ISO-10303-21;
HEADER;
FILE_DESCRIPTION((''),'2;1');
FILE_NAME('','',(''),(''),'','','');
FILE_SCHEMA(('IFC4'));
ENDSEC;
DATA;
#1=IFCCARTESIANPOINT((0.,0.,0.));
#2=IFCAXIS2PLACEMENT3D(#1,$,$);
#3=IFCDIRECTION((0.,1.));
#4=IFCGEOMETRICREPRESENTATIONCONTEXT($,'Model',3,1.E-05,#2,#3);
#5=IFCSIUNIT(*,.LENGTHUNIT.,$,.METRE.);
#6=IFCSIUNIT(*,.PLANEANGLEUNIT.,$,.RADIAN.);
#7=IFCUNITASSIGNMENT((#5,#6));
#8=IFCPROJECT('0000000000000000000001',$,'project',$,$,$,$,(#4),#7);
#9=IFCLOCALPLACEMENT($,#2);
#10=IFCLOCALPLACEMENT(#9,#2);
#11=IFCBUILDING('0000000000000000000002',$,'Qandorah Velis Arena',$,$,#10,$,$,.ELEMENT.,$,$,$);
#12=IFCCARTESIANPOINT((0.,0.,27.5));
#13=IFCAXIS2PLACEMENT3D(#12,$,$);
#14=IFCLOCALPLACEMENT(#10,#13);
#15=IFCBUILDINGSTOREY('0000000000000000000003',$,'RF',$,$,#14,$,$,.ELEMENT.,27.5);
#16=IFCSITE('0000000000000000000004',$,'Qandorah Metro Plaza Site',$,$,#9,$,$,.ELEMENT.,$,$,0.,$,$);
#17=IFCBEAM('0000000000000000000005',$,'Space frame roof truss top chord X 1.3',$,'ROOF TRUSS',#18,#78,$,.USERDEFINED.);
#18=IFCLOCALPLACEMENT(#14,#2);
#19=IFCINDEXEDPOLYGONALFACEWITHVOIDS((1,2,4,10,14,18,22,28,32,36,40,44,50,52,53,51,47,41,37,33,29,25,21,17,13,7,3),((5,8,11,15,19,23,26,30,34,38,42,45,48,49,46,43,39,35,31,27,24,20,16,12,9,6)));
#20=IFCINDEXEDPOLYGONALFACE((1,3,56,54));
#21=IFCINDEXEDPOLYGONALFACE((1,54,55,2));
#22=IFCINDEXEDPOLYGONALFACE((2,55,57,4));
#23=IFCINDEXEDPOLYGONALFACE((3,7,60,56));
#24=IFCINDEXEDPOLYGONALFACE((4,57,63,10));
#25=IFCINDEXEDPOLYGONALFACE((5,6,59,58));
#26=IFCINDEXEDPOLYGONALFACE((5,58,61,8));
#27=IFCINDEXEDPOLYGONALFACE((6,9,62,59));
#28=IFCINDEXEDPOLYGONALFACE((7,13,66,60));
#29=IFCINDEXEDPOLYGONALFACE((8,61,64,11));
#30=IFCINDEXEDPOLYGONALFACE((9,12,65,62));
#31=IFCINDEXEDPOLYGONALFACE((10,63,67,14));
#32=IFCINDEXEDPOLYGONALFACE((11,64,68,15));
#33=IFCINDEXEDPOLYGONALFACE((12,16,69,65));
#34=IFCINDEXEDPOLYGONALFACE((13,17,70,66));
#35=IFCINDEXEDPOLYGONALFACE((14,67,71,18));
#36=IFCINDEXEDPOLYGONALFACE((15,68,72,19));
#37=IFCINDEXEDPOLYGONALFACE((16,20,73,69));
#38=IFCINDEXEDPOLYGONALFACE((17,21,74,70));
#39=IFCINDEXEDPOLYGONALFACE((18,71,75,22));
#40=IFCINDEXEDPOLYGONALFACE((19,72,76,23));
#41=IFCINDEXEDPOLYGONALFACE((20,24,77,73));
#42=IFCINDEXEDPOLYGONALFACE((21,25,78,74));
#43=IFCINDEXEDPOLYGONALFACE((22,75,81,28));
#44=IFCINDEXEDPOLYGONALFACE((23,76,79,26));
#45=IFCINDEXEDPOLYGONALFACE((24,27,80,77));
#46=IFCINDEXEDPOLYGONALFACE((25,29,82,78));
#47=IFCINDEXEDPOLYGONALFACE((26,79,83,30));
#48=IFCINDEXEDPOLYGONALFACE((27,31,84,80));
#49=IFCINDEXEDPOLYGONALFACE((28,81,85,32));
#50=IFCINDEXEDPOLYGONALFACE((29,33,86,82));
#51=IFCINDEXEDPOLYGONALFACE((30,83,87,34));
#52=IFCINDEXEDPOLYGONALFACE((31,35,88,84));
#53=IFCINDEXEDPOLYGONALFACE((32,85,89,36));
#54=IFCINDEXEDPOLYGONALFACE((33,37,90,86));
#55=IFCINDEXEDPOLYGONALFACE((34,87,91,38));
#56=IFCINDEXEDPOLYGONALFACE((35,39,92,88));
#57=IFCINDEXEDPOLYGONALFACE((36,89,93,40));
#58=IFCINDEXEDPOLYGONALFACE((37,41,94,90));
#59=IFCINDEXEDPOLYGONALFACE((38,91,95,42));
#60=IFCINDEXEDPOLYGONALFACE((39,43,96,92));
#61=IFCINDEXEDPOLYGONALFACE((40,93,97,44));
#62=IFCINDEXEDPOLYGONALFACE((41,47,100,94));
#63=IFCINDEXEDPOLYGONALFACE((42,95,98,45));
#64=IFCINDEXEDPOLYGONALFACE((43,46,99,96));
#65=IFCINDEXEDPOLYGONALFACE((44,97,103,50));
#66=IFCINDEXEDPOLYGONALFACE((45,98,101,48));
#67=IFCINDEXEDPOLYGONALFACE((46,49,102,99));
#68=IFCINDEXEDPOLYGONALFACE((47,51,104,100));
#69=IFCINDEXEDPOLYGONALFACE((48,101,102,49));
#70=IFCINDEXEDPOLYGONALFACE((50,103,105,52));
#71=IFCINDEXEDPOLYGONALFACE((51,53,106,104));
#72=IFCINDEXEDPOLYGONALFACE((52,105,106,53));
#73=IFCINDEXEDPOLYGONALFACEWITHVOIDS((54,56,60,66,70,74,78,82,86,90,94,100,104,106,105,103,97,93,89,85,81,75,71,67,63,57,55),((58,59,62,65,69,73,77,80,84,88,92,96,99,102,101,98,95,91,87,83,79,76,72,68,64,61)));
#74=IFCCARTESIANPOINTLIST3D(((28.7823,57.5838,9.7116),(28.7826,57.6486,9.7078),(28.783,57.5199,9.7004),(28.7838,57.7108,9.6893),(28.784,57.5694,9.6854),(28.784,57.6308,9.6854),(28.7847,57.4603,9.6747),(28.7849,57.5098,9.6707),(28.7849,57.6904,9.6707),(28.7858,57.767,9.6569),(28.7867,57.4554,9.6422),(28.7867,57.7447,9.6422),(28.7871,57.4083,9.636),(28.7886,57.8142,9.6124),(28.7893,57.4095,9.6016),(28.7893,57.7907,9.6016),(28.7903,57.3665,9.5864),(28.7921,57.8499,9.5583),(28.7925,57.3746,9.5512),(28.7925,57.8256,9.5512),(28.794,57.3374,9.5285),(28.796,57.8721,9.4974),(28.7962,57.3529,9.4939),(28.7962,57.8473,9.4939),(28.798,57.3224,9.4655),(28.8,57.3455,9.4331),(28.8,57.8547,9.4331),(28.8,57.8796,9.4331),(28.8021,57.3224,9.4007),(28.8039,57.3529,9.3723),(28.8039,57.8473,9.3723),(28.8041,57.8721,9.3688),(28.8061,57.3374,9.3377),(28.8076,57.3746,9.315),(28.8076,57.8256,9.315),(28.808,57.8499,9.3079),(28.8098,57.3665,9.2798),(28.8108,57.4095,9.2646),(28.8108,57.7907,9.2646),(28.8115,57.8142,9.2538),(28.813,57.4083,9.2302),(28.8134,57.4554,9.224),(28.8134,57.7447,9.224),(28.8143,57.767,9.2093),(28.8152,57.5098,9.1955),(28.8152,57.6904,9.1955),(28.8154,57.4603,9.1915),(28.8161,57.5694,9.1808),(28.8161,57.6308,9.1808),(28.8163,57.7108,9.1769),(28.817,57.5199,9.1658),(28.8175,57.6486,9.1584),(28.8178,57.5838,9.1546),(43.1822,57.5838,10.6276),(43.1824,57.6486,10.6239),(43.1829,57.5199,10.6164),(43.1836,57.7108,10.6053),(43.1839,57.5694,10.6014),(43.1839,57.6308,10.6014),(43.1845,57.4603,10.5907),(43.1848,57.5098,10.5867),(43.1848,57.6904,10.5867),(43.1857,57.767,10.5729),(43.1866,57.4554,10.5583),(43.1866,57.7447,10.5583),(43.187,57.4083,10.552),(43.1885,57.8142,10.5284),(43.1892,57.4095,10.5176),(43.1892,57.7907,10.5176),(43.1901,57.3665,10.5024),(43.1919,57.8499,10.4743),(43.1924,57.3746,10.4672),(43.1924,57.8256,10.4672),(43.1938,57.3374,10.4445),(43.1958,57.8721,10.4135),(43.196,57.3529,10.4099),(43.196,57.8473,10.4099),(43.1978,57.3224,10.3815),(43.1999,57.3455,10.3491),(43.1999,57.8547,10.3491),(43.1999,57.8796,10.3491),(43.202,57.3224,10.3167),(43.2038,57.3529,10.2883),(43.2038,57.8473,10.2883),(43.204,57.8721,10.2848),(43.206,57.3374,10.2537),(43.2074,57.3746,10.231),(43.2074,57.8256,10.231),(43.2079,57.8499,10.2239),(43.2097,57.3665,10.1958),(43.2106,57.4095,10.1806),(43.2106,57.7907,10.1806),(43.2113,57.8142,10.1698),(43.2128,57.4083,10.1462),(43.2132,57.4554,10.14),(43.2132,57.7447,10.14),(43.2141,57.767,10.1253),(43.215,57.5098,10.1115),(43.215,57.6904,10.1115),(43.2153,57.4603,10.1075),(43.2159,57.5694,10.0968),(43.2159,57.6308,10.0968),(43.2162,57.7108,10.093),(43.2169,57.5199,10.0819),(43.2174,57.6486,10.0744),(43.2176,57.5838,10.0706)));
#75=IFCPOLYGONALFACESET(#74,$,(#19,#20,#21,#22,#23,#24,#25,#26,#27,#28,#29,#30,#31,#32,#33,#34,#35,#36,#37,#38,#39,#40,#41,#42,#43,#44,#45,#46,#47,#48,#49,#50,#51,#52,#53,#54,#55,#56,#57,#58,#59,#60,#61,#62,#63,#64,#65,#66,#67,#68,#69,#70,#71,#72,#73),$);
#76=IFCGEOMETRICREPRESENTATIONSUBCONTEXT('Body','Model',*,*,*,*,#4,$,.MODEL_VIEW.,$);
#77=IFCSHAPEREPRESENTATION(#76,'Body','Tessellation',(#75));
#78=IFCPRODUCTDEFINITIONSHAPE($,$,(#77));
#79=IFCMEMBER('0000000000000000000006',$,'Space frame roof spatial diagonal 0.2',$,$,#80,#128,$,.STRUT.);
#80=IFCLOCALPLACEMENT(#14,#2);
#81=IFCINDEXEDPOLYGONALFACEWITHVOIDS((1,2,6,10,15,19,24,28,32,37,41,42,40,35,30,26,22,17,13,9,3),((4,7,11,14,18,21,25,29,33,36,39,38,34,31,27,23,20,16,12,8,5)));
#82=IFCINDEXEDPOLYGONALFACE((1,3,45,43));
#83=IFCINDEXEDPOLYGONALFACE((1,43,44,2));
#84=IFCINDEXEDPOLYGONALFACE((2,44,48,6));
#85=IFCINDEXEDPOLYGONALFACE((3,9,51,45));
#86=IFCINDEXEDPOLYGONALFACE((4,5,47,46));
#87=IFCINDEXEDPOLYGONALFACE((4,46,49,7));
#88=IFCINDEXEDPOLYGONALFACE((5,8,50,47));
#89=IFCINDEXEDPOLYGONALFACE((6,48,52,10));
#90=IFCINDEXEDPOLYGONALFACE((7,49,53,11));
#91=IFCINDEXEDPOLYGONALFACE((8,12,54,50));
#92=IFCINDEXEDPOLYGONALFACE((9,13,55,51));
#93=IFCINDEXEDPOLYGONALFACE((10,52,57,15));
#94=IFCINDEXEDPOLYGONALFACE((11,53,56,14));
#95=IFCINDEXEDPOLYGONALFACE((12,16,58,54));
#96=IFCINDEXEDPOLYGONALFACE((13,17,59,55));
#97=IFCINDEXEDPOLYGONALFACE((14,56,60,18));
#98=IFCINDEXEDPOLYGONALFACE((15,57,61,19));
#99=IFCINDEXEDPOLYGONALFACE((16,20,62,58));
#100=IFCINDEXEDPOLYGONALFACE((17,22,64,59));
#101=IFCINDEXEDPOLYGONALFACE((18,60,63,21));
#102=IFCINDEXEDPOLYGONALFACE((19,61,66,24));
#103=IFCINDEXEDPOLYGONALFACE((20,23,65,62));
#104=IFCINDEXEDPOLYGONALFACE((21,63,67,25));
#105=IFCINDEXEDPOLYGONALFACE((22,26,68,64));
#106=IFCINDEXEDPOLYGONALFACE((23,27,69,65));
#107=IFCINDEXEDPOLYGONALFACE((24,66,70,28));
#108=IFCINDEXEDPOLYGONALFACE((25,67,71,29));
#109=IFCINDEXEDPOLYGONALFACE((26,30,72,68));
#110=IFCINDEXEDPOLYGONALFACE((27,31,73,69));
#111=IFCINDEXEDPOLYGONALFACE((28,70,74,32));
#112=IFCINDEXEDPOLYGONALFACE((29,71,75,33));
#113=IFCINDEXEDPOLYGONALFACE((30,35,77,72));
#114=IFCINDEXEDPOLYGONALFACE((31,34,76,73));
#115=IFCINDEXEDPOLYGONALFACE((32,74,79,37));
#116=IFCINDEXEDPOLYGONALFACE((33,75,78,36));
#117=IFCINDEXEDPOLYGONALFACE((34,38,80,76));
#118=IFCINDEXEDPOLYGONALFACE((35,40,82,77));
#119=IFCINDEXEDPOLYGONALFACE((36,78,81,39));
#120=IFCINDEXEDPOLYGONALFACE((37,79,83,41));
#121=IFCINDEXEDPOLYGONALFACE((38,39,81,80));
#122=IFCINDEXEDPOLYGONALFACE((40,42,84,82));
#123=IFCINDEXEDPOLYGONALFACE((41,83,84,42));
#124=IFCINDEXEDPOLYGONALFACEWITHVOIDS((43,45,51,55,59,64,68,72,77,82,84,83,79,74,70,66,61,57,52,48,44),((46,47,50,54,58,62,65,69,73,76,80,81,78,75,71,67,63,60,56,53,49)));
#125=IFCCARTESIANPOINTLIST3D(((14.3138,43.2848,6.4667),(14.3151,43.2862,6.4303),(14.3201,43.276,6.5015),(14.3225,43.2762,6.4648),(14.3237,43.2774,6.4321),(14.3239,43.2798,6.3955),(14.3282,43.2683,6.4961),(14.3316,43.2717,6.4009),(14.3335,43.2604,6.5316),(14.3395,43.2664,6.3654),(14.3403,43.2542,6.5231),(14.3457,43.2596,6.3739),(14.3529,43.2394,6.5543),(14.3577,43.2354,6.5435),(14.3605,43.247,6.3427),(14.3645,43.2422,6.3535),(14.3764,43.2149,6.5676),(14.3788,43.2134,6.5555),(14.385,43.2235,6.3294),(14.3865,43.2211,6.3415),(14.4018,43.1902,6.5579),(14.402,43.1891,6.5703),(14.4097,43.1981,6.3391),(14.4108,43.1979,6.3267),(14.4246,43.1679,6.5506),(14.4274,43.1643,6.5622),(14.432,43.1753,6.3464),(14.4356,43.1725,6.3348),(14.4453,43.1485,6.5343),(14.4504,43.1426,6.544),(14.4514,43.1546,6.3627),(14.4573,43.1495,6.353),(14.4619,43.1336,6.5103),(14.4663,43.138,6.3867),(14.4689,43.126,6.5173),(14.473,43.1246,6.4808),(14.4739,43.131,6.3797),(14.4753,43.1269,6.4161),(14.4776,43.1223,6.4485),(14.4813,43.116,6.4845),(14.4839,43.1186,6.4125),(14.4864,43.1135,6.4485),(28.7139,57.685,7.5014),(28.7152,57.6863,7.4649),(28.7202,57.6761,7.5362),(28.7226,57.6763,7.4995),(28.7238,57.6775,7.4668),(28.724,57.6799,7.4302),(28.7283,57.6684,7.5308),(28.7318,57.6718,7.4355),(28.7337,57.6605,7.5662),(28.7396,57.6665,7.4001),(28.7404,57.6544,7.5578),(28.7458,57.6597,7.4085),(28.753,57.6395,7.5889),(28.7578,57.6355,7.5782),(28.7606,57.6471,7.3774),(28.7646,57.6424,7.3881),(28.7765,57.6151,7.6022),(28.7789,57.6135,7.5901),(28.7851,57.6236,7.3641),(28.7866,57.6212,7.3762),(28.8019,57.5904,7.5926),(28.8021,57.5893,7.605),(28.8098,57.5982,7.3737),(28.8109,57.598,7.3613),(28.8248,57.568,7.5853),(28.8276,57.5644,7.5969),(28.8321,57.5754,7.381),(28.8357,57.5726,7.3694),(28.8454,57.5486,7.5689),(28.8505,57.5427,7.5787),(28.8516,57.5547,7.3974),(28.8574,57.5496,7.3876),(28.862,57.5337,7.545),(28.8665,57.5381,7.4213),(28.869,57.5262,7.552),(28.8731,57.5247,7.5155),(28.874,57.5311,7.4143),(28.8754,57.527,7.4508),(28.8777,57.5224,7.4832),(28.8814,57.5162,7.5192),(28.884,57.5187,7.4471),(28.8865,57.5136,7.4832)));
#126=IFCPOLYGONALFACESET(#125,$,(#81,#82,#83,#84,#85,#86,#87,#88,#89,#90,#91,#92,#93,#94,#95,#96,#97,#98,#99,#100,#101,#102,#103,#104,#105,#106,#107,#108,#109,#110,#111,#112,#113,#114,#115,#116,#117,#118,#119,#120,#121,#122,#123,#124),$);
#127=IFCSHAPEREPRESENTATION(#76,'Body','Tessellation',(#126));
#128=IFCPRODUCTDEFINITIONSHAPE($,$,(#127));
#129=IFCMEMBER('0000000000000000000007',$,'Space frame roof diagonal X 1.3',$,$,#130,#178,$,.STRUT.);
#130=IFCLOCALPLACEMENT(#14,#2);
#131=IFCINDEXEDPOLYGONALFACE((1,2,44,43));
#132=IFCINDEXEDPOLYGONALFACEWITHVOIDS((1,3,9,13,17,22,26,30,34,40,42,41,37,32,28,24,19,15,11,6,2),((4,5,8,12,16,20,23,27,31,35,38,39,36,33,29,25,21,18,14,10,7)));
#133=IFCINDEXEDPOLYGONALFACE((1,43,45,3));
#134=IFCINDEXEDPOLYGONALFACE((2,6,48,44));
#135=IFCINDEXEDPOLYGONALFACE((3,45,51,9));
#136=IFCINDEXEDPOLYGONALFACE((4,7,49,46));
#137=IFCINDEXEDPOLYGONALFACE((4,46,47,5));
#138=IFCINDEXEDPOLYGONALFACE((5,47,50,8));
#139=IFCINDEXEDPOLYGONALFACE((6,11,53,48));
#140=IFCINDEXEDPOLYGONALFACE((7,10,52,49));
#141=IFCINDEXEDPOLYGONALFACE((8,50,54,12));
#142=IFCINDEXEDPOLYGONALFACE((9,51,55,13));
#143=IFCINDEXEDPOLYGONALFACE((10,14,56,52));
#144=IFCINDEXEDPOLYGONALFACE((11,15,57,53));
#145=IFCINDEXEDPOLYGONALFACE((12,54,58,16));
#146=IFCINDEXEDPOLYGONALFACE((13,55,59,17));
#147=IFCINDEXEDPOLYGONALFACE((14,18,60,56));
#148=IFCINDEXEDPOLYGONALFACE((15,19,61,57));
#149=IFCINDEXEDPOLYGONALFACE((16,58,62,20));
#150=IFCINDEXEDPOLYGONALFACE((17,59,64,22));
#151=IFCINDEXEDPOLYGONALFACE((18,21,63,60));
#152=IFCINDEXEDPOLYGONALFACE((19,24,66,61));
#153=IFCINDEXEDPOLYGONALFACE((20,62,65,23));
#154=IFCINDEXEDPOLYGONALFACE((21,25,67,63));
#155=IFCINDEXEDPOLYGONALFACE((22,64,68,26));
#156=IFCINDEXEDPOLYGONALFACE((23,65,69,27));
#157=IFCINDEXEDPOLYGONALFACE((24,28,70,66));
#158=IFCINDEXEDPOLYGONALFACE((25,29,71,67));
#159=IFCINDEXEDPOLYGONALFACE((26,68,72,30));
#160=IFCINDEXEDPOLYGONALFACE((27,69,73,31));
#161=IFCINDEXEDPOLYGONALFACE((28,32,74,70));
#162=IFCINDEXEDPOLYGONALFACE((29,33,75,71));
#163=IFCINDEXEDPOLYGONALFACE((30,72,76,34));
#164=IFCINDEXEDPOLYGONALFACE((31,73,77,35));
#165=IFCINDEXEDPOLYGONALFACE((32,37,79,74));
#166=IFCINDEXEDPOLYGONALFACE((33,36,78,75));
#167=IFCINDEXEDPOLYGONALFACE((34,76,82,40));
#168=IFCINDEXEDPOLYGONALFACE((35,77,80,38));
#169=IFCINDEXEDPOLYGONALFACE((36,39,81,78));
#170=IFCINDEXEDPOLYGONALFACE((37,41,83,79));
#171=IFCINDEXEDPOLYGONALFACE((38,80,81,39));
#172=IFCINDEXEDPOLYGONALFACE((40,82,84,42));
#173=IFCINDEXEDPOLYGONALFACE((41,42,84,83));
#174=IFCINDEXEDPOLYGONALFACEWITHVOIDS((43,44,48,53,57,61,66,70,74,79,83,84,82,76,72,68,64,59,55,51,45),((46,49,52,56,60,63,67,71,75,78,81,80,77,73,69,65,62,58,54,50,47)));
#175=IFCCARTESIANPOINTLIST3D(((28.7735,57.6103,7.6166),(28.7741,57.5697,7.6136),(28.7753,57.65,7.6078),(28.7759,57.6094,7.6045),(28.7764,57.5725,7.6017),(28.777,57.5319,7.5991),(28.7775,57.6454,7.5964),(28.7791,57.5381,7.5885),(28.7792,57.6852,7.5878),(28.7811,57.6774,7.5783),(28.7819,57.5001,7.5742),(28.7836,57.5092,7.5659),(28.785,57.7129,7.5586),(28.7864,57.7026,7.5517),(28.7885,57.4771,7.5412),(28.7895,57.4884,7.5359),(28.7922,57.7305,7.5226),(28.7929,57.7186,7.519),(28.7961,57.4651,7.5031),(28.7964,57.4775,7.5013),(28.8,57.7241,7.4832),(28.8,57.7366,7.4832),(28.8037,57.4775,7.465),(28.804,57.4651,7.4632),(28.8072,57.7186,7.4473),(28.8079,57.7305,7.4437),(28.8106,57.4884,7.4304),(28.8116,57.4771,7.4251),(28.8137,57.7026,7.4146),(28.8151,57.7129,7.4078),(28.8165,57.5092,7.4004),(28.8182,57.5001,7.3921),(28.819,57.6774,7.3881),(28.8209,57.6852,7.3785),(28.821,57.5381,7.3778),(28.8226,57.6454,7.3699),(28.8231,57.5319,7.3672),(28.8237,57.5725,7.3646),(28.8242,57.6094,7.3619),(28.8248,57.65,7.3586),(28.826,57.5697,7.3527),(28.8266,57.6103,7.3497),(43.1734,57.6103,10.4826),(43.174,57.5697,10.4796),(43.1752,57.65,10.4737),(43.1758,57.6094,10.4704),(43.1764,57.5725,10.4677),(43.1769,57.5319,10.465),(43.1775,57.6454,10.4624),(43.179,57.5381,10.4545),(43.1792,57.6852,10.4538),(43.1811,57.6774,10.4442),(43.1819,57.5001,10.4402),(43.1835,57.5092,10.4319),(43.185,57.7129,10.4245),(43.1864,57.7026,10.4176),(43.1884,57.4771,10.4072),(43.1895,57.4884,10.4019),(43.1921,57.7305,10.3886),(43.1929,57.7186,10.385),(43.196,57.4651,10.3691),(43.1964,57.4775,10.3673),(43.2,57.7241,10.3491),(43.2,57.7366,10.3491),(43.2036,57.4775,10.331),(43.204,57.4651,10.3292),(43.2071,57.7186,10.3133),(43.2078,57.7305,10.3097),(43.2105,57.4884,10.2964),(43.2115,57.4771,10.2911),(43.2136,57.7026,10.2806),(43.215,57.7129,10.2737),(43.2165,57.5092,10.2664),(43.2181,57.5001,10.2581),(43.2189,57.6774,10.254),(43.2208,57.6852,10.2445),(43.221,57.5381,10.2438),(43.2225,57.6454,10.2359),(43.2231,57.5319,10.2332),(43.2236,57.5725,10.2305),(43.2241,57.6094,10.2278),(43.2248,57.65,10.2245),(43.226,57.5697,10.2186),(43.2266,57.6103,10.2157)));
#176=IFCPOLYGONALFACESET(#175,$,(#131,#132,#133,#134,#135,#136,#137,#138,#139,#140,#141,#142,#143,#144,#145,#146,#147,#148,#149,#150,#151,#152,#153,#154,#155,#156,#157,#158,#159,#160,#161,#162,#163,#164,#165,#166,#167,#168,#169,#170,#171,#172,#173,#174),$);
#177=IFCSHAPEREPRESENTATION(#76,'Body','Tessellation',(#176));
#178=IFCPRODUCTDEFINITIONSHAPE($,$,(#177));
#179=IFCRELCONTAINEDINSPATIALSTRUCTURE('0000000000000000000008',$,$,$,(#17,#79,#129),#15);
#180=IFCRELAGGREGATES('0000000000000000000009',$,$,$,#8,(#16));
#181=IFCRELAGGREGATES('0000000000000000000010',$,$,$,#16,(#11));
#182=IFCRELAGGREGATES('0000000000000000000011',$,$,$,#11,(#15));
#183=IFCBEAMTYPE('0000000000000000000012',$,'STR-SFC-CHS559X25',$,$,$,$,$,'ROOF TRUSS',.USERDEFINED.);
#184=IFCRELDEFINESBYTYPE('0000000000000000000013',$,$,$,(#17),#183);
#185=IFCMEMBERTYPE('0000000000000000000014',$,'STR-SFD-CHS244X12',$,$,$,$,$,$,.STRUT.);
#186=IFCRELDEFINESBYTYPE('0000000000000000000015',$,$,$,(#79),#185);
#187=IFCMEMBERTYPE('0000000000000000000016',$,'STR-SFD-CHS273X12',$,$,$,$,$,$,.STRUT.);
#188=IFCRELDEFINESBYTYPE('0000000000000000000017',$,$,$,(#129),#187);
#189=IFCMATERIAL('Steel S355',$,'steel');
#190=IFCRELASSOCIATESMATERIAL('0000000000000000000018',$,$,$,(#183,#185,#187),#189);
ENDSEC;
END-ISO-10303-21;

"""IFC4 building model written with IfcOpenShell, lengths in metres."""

from ifc_helpers import new_model, si_unit, direction, frame, origin, origin_2d, place, context, subcontext, project, spatial, hollow_circle, extrude, material, material_profile, profile_set, type_object, element, save


model = new_model("IFC4")

# Units and contexts
model_context = context("Model", 3, precision=1e-05, world=origin(), true_north=direction((0.0, 1.0)))
body_context = subcontext(model_context, "Body", "Model", "MODEL_VIEW")
ifc_project = project(units=[si_unit("LENGTHUNIT", "METRE"), si_unit("PLANEANGLEUNIT", "RADIAN")], contexts=[model_context])

# Site, building, storey
site_placement = place(None, origin())
site = spatial("IfcSite", under=ifc_project, at=site_placement, Name="Qandorah Metro Plaza Site", CompositionType="ELEMENT", RefElevation=0.0)
building_placement = place(site_placement, origin())
building = spatial("IfcBuilding", under=site, at=building_placement, Name="Qandorah Velis Arena", CompositionType="ELEMENT")
storey_placement = place(building_placement, frame((0.0, 0.0, 27.5)))
storey = spatial("IfcBuildingStorey", under=building, at=storey_placement, Name="RF", CompositionType="ELEMENT", Elevation=27.5)

# Beam
ifc_material_1 = material(Name="Steel S355", Category="steel")
ifc_material_profile_1 = material_profile(ifc_material_1, hollow_circle(Radius=0.2795, WallThickness=0.0249, at=origin_2d()), Name="CHS 559x25")
ifc_profile_set_1 = profile_set([ifc_material_profile_1], Name="Steel S355")
beam_type_1 = type_object("IfcBeamType", Name="STR-SFC-CHS559X25", ElementType="ROOF TRUSS", PredefinedType="USERDEFINED", material=ifc_profile_set_1)
beam_1_placement = place(storey_placement, frame((28.8, 57.6001, 9.4331), z_axis=(0.997983, 0.0, 0.063484), x_axis=(0.0, 1.0, 0.0)))
element("IfcBeam", 1, at=beam_1_placement, inside=storey, type_object=beam_type_1, Name="Space frame roof truss top chord X 1.3", ObjectType="ROOF TRUSS", PredefinedType="USERDEFINED", context=body_context, shape_type="SweptSolid", body=[
    extrude(hollow_circle(Radius=0.2795, WallThickness=0.0249, at=origin_2d()), origin(), (0.0, 0.0, 1.0), 14.429),
])

# Members
ifc_material_profile_2 = material_profile(ifc_material_1, hollow_circle(Radius=0.1223, WallThickness=0.0125, at=origin_2d()), Name="CHS 244.5x12.5")
ifc_profile_set_2 = profile_set([ifc_material_profile_2], Name="Steel S355")
member_type_1 = type_object("IfcMemberType", Name="STR-SFD-CHS244X12", PredefinedType="STRUT", material=ifc_profile_set_2)
member_1_placement = place(storey_placement, frame((28.8, 57.6001, 7.4832), z_axis=(-0.706196, -0.706196, -0.050741), x_axis=(0.707107, -0.707107, 0.0)))
element("IfcMember", 2, at=member_1_placement, inside=storey, type_object=member_type_1, Name="Space frame roof spatial diagonal 0.2", PredefinedType="STRUT", context=body_context, shape_type="SweptSolid", body=[
    extrude(hollow_circle(Radius=0.1223, WallThickness=0.0125, at=origin_2d()), origin(), (0.0, 0.0, 1.0), 20.3911),
])
ifc_material_profile_3 = material_profile(ifc_material_1, hollow_circle(Radius=0.1365, WallThickness=0.0125, at=origin_2d()), Name="CHS 273x12.5")
ifc_profile_set_3 = profile_set([ifc_material_profile_3], Name="Steel S355")
member_type_2 = type_object("IfcMemberType", Name="STR-SFD-CHS273X12", PredefinedType="STRUT", material=ifc_profile_set_3)
member_2_placement = place(storey_placement, frame((28.8, 57.6001, 7.4832), z_axis=(0.980764, 0.0, 0.195198), x_axis=(0.0, 1.0, 0.0)))
element("IfcMember", 3, at=member_2_placement, inside=storey, type_object=member_type_2, Name="Space frame roof diagonal X 1.3", PredefinedType="STRUT", context=body_context, shape_type="SweptSolid", body=[
    extrude(hollow_circle(Radius=0.1365, WallThickness=0.0125, at=origin_2d()), origin(), (0.0, 0.0, 1.0), 14.6824),
])

save(model, "model.ifc")
